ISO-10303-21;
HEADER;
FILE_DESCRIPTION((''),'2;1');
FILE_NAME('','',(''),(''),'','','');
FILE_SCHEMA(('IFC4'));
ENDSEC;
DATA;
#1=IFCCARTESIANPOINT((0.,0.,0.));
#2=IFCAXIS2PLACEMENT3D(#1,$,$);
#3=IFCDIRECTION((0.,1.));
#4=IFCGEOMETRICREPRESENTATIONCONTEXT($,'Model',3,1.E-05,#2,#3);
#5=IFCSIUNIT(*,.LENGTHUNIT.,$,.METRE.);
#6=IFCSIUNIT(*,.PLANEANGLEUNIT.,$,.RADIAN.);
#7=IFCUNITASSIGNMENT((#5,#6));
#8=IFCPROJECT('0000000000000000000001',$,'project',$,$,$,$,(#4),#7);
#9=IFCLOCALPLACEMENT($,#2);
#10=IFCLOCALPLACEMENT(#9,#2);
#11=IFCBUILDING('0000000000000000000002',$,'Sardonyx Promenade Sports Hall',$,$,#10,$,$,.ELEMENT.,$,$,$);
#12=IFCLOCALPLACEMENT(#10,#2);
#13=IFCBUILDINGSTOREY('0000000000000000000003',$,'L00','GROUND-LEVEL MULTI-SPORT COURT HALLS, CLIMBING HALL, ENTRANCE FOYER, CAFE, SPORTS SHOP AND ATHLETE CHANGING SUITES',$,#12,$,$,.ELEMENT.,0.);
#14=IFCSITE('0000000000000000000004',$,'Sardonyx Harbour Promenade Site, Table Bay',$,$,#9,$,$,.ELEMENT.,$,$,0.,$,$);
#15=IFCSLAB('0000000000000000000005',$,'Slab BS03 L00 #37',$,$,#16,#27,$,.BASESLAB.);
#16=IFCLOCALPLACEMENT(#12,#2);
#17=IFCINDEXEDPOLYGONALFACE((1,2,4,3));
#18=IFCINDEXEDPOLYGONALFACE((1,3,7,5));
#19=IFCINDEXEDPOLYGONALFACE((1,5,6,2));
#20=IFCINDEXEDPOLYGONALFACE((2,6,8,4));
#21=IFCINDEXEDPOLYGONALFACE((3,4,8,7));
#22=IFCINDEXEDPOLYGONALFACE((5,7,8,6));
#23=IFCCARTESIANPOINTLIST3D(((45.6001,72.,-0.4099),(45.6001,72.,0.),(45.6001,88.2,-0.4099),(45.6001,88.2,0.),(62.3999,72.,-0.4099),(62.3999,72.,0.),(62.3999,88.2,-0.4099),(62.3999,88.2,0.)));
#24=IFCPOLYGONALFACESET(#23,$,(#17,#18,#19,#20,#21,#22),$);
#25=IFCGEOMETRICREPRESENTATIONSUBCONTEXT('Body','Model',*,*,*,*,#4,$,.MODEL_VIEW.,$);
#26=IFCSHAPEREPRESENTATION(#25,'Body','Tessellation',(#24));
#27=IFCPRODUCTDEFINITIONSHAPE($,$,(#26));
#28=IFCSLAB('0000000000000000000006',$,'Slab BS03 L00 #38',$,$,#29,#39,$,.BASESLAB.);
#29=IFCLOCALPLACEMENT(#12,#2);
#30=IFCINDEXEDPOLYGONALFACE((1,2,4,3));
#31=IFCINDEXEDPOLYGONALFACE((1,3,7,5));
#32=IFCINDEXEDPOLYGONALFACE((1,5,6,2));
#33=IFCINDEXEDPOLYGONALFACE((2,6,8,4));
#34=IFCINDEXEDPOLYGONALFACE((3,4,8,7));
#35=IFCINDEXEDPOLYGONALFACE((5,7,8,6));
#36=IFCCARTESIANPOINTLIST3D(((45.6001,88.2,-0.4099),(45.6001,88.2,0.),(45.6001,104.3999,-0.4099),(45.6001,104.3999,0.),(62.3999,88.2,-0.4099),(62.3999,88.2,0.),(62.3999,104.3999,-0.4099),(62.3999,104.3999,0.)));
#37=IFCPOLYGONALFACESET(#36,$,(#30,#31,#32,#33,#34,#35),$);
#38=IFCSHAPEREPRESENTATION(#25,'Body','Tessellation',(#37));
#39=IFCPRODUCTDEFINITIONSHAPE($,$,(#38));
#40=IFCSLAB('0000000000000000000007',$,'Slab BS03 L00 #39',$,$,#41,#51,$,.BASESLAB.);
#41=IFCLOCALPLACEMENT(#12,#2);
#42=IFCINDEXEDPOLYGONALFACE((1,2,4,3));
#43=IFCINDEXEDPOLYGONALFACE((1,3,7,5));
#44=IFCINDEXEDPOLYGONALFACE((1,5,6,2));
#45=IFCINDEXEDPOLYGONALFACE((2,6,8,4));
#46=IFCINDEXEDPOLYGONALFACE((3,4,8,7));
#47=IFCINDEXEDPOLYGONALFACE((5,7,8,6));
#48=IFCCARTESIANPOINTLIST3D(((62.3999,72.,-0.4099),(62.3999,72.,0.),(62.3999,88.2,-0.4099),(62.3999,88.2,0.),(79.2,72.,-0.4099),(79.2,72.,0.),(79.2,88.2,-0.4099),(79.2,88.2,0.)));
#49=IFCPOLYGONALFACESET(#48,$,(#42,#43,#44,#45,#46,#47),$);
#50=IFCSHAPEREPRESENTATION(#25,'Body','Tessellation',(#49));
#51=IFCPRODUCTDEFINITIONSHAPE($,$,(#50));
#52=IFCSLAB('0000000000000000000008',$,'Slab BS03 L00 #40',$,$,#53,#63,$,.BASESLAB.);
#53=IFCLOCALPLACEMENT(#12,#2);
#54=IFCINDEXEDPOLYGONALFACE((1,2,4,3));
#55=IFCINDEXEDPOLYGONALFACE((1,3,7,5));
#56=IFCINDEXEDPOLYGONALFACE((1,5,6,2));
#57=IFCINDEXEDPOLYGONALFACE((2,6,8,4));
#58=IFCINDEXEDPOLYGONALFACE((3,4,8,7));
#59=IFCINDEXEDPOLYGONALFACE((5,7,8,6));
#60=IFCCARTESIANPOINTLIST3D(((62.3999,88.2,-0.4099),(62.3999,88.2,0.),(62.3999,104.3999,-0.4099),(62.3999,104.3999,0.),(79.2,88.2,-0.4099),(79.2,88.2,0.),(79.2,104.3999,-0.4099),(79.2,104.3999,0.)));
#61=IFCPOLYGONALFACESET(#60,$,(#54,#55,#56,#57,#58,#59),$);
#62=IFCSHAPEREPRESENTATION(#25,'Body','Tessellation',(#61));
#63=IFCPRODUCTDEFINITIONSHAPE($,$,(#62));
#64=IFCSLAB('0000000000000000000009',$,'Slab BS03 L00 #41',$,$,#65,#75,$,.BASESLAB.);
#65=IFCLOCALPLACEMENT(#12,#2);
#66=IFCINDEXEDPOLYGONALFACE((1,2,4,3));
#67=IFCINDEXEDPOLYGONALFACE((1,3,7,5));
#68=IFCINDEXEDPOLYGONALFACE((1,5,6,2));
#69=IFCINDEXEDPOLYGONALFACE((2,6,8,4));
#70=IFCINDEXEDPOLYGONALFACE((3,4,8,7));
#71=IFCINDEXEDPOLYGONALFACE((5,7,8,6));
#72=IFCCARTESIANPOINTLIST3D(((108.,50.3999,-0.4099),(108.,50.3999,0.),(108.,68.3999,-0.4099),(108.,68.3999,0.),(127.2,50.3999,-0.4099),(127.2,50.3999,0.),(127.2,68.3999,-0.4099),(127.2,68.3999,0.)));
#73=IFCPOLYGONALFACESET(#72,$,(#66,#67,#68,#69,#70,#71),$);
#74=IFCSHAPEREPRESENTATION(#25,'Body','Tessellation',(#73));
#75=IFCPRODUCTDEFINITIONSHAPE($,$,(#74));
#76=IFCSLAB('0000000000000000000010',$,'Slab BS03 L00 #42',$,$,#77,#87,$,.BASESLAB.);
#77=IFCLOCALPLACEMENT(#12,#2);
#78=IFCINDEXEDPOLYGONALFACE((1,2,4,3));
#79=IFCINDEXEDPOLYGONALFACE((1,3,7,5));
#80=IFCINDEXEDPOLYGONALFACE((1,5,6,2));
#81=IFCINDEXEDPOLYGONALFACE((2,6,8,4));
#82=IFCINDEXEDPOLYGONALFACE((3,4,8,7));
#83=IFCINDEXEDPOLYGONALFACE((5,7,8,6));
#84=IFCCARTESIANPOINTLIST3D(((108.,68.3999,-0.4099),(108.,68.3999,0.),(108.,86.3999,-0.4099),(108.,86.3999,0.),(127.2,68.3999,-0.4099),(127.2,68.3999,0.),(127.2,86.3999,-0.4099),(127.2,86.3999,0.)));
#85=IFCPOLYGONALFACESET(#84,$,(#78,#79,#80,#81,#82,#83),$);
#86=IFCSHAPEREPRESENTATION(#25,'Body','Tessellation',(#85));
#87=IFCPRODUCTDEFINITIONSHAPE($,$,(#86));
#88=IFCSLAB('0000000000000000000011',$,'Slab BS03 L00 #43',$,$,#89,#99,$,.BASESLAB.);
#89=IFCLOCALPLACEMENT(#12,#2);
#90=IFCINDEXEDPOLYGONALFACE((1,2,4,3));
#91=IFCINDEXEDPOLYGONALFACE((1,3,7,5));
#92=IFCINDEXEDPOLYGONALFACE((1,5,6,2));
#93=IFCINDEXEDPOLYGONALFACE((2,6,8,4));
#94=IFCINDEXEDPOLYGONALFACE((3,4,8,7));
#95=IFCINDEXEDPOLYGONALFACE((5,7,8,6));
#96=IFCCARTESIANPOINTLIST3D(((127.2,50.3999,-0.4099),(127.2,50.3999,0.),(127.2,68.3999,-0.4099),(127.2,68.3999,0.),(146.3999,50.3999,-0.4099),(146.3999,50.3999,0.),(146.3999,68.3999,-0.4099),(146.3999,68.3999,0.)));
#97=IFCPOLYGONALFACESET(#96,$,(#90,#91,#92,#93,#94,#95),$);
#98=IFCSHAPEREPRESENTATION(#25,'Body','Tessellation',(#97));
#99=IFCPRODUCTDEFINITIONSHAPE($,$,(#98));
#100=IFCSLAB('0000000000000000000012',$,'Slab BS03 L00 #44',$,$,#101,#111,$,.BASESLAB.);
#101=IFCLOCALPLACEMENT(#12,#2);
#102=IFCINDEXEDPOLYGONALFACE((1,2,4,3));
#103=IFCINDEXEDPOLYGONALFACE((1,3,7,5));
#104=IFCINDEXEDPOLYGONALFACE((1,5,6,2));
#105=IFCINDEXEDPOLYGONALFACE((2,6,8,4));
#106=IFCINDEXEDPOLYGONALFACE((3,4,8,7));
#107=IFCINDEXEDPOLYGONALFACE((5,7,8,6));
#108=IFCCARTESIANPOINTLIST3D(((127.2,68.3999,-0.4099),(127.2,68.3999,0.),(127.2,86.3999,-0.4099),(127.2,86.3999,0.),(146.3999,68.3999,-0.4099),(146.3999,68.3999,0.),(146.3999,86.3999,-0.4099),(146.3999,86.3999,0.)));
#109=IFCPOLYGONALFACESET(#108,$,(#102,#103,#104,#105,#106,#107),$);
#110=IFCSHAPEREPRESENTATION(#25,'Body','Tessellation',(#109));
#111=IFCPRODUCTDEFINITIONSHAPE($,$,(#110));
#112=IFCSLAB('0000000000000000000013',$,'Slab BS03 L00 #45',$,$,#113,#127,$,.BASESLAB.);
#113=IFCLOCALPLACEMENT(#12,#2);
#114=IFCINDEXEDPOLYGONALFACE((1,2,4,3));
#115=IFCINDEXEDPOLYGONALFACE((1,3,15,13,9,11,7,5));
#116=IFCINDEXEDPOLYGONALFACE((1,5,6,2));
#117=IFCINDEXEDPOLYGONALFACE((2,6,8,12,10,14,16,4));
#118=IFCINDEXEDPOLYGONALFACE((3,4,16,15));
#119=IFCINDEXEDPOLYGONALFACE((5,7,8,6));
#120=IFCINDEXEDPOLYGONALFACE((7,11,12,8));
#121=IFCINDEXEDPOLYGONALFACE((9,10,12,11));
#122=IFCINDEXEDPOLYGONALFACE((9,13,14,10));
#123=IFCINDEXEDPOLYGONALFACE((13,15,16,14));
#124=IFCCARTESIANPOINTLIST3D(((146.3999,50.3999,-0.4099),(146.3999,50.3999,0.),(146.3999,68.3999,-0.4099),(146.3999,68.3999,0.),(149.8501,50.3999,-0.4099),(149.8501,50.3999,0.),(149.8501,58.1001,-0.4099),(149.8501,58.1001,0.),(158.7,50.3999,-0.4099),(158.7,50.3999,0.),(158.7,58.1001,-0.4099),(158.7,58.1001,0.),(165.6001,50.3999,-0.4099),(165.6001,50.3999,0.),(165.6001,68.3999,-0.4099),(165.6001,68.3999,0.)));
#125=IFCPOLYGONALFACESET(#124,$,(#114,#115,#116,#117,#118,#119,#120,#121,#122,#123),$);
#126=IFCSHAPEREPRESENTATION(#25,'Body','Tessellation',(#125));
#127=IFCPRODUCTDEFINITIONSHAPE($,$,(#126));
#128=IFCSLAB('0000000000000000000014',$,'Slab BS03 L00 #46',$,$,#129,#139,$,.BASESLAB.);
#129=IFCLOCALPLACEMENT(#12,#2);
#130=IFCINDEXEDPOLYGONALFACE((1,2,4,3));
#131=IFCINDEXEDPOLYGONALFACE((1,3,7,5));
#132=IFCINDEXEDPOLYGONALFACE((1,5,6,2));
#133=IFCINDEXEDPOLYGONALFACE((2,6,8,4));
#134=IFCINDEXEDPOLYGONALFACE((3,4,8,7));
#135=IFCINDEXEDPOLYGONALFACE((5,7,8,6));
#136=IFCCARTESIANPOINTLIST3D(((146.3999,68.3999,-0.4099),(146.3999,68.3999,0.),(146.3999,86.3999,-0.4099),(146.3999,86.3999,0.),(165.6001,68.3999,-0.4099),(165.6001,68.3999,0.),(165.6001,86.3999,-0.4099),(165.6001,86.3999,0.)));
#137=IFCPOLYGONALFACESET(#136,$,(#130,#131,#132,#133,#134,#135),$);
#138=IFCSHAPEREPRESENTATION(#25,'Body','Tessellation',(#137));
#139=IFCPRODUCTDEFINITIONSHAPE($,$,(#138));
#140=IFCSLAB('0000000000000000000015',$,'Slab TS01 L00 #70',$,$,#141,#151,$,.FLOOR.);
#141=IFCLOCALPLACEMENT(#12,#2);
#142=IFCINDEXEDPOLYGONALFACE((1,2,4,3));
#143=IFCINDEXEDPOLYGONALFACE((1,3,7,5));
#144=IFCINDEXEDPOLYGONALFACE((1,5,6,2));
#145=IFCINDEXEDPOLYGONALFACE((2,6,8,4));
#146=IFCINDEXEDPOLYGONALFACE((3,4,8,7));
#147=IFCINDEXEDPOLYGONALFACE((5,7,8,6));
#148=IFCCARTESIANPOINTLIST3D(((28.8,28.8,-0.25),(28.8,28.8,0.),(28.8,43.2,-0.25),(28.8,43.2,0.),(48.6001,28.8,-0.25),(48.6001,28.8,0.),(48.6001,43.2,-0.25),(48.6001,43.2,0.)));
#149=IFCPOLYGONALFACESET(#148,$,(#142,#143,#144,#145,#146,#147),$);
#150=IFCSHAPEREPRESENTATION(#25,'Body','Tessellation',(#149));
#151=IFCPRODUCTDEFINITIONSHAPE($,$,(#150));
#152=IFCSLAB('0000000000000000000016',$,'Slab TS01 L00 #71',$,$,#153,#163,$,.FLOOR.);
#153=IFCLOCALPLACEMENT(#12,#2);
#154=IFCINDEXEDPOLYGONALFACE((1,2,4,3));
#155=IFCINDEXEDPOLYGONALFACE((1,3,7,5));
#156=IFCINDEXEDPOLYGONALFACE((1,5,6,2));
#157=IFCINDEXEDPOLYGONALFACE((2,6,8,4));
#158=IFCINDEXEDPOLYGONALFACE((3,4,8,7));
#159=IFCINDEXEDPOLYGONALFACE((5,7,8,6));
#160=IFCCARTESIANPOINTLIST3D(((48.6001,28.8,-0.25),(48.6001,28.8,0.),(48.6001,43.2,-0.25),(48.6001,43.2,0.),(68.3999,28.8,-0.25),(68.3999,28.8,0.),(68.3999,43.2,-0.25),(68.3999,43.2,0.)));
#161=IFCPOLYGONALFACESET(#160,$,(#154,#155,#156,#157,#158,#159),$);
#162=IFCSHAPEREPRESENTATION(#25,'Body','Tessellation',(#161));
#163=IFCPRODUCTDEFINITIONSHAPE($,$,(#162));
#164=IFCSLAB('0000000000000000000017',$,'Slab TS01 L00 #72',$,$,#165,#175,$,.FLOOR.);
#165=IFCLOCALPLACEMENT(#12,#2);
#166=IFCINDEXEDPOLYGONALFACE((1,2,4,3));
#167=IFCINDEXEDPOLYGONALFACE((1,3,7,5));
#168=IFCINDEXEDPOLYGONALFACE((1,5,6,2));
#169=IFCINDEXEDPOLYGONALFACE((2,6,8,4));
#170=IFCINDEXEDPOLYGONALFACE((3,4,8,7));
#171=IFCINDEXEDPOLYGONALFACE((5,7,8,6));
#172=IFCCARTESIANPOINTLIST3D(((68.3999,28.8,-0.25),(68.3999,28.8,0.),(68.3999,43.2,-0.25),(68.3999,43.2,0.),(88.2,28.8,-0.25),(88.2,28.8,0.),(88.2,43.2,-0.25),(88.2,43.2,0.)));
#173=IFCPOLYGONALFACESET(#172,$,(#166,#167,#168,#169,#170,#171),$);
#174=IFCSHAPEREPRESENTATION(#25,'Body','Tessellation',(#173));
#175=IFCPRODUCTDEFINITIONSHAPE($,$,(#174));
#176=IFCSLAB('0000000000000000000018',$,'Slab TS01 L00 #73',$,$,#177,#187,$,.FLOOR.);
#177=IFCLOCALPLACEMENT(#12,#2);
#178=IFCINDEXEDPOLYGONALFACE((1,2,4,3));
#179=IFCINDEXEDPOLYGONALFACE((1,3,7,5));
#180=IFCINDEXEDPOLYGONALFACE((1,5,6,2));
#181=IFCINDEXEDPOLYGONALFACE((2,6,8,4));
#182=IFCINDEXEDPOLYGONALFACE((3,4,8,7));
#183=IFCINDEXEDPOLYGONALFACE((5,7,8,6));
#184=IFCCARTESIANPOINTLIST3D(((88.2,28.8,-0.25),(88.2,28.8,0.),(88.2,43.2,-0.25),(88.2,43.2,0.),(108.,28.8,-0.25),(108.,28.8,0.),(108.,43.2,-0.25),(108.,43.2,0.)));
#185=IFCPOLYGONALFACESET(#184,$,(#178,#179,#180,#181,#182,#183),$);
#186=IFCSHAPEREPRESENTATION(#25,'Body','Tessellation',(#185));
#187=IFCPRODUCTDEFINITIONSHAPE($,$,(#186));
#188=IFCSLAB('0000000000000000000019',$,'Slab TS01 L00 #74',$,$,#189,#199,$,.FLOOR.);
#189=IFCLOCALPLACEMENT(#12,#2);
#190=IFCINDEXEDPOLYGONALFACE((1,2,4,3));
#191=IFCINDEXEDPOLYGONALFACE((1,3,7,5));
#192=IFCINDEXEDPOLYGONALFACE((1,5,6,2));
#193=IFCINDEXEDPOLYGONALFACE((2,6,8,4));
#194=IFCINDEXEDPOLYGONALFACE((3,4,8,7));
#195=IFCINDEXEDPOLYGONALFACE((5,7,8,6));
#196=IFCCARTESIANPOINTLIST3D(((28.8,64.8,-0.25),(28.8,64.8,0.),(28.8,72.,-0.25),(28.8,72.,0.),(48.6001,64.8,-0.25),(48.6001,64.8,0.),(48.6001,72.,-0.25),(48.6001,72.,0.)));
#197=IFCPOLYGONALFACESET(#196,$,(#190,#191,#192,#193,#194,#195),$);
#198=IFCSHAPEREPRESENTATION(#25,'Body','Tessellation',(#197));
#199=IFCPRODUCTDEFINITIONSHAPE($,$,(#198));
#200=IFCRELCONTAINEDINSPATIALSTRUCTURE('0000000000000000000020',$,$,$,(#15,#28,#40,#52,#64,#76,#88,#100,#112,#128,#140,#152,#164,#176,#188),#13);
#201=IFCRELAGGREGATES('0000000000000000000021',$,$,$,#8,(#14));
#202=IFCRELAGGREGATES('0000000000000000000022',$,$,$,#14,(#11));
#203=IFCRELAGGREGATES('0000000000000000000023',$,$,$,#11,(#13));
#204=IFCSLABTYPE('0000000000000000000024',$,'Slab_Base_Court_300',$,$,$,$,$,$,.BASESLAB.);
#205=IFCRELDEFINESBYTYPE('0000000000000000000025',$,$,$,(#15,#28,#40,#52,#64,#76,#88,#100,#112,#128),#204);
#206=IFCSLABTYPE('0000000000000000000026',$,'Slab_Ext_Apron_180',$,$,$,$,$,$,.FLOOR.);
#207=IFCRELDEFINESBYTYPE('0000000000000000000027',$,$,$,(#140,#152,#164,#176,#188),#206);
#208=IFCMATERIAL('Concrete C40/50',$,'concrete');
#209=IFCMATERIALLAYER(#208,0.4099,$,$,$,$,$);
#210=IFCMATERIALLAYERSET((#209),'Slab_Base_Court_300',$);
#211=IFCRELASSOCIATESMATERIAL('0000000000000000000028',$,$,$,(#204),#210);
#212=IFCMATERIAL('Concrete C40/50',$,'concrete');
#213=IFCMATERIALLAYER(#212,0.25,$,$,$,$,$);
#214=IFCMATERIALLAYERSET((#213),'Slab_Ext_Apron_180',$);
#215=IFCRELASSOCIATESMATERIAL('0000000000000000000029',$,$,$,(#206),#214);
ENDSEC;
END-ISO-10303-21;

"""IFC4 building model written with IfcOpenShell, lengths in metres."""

from ifc_helpers import new_model, si_unit, direction, frame, origin, place, context, subcontext, project, spatial, polyline, outline, extrude, material, layer, layer_set, type_object, element, save


model = new_model("IFC4")

# Units and contexts
model_context = context("Model", 3, precision=1e-05, world=origin(), true_north=direction((0.0, 1.0)))
body_context = subcontext(model_context, "Body", "Model", "MODEL_VIEW")
ifc_project = project(units=[si_unit("LENGTHUNIT", "METRE"), si_unit("PLANEANGLEUNIT", "RADIAN")], contexts=[model_context])

# Site, building, storey
site_placement = place(None, origin())
site = spatial("IfcSite", under=ifc_project, at=site_placement, Name="Sardonyx Harbour Promenade Site, Table Bay", CompositionType="ELEMENT", RefElevation=0.0)
building_placement = place(site_placement, origin())
building = spatial("IfcBuilding", under=site, at=building_placement, Name="Sardonyx Promenade Sports Hall", CompositionType="ELEMENT")
storey_placement = place(building_placement, origin())
storey = spatial("IfcBuildingStorey", under=building, at=storey_placement, Name="L00", Description="GROUND-LEVEL MULTI-SPORT COURT HALLS, CLIMBING HALL, ENTRANCE FOYER, CAFE, SPORTS SHOP AND ATHLETE CHANGING SUITES", CompositionType="ELEMENT", Elevation=0.0)

# Slabs
ifc_material_1 = material(Name="Concrete C40/50", Category="concrete")
ifc_layer_1 = layer(ifc_material_1, 0.4099)
ifc_layer_set_1 = layer_set([ifc_layer_1], Name="Slab_Base_Court_300")
slab_type_1 = type_object("IfcSlabType", Name="Slab_Base_Court_300", PredefinedType="BASESLAB", material=ifc_layer_set_1)
slab_1_placement = place(storey_placement, frame((0.0, 0.0, -0.4099)))
element("IfcSlab", 1, at=slab_1_placement, inside=storey, type_object=slab_type_1, Name="Slab BS03 L00 #37", PredefinedType="BASESLAB", context=body_context, shape_type="SweptSolid", body=[
    extrude(outline(polyline([(45.6001, 72.0), (62.3999, 72.0), (62.3999, 88.2), (45.6001, 88.2), (45.6001, 72.0)])), origin(), (0.0, 0.0, 1.0), 0.4099),
])
slab_2_placement = place(storey_placement, frame((0.0, 0.0, -0.4099)))
element("IfcSlab", 2, at=slab_2_placement, inside=storey, type_object=slab_type_1, Name="Slab BS03 L00 #38", PredefinedType="BASESLAB", context=body_context, shape_type="SweptSolid", body=[
    extrude(outline(polyline([(45.6001, 88.2), (62.3999, 88.2), (62.3999, 104.3999), (45.6001, 104.3999), (45.6001, 88.2)])), origin(), (0.0, 0.0, 1.0), 0.4099),
])
slab_3_placement = place(storey_placement, frame((0.0, 0.0, -0.4099)))
element("IfcSlab", 3, at=slab_3_placement, inside=storey, type_object=slab_type_1, Name="Slab BS03 L00 #39", PredefinedType="BASESLAB", context=body_context, shape_type="SweptSolid", body=[
    extrude(outline(polyline([(62.3999, 72.0), (79.2, 72.0), (79.2, 88.2), (62.3999, 88.2), (62.3999, 72.0)])), origin(), (0.0, 0.0, 1.0), 0.4099),
])
slab_4_placement = place(storey_placement, frame((0.0, 0.0, -0.4099)))
element("IfcSlab", 4, at=slab_4_placement, inside=storey, type_object=slab_type_1, Name="Slab BS03 L00 #40", PredefinedType="BASESLAB", context=body_context, shape_type="SweptSolid", body=[
    extrude(outline(polyline([(62.3999, 88.2), (79.2, 88.2), (79.2, 104.3999), (62.3999, 104.3999), (62.3999, 88.2)])), origin(), (0.0, 0.0, 1.0), 0.4099),
])
slab_5_placement = place(storey_placement, frame((0.0, 0.0, -0.4099)))
element("IfcSlab", 5, at=slab_5_placement, inside=storey, type_object=slab_type_1, Name="Slab BS03 L00 #41", PredefinedType="BASESLAB", context=body_context, shape_type="SweptSolid", body=[
    extrude(outline(polyline([(108.0, 50.3999), (127.2, 50.3999), (127.2, 68.3999), (108.0, 68.3999), (108.0, 50.3999)])), origin(), (0.0, 0.0, 1.0), 0.4099),
])
slab_6_placement = place(storey_placement, frame((0.0, 0.0, -0.4099)))
element("IfcSlab", 6, at=slab_6_placement, inside=storey, type_object=slab_type_1, Name="Slab BS03 L00 #42", PredefinedType="BASESLAB", context=body_context, shape_type="SweptSolid", body=[
    extrude(outline(polyline([(108.0, 68.3999), (127.2, 68.3999), (127.2, 86.3999), (108.0, 86.3999), (108.0, 68.3999)])), origin(), (0.0, 0.0, 1.0), 0.4099),
])
slab_7_placement = place(storey_placement, frame((0.0, 0.0, -0.4099)))
element("IfcSlab", 7, at=slab_7_placement, inside=storey, type_object=slab_type_1, Name="Slab BS03 L00 #43", PredefinedType="BASESLAB", context=body_context, shape_type="SweptSolid", body=[
    extrude(outline(polyline([(127.2, 50.3999), (146.3999, 50.3999), (146.3999, 68.3999), (127.2, 68.3999), (127.2, 50.3999)])), origin(), (0.0, 0.0, 1.0), 0.4099),
])
slab_8_placement = place(storey_placement, frame((0.0, 0.0, -0.4099)))
element("IfcSlab", 8, at=slab_8_placement, inside=storey, type_object=slab_type_1, Name="Slab BS03 L00 #44", PredefinedType="BASESLAB", context=body_context, shape_type="SweptSolid", body=[
    extrude(outline(polyline([(127.2, 68.3999), (146.3999, 68.3999), (146.3999, 86.3999), (127.2, 86.3999), (127.2, 68.3999)])), origin(), (0.0, 0.0, 1.0), 0.4099),
])
slab_9_placement = place(storey_placement, frame((0.0, 0.0, -0.4099)))
element("IfcSlab", 9, at=slab_9_placement, inside=storey, type_object=slab_type_1, Name="Slab BS03 L00 #45", PredefinedType="BASESLAB", context=body_context, shape_type="SweptSolid", body=[
    extrude(outline(polyline([(146.3999, 50.3999), (149.8501, 50.3999), (149.8501, 58.1001), (158.7, 58.1001), (158.7, 50.3999), (165.6001, 50.3999), (165.6001, 68.3999), (146.3999, 68.3999), (146.3999, 50.3999)])), origin(), (0.0, 0.0, 1.0), 0.4099),
])
slab_10_placement = place(storey_placement, frame((0.0, 0.0, -0.4099)))
element("IfcSlab", 10, at=slab_10_placement, inside=storey, type_object=slab_type_1, Name="Slab BS03 L00 #46", PredefinedType="BASESLAB", context=body_context, shape_type="SweptSolid", body=[
    extrude(outline(polyline([(146.3999, 68.3999), (165.6001, 68.3999), (165.6001, 86.3999), (146.3999, 86.3999), (146.3999, 68.3999)])), origin(), (0.0, 0.0, 1.0), 0.4099),
])
ifc_material_2 = material(Name="Concrete C40/50", Category="concrete")
ifc_layer_2 = layer(ifc_material_2, 0.25)
ifc_layer_set_2 = layer_set([ifc_layer_2], Name="Slab_Ext_Apron_180")
slab_type_2 = type_object("IfcSlabType", Name="Slab_Ext_Apron_180", PredefinedType="FLOOR", material=ifc_layer_set_2)
slab_11_placement = place(storey_placement, frame((0.0, 0.0, -0.25)))
element("IfcSlab", 11, at=slab_11_placement, inside=storey, type_object=slab_type_2, Name="Slab TS01 L00 #70", PredefinedType="FLOOR", context=body_context, shape_type="SweptSolid", body=[
    extrude(outline(polyline([(28.8, 28.8), (48.6001, 28.8), (48.6001, 43.2), (28.8, 43.2), (28.8, 28.8)])), origin(), (0.0, 0.0, 1.0), 0.25),
])
slab_12_placement = place(storey_placement, frame((0.0, 0.0, -0.25)))
element("IfcSlab", 12, at=slab_12_placement, inside=storey, type_object=slab_type_2, Name="Slab TS01 L00 #71", PredefinedType="FLOOR", context=body_context, shape_type="SweptSolid", body=[
    extrude(outline(polyline([(48.6001, 28.8), (68.3999, 28.8), (68.3999, 43.2), (48.6001, 43.2), (48.6001, 28.8)])), origin(), (0.0, 0.0, 1.0), 0.25),
])
slab_13_placement = place(storey_placement, frame((0.0, 0.0, -0.25)))
element("IfcSlab", 13, at=slab_13_placement, inside=storey, type_object=slab_type_2, Name="Slab TS01 L00 #72", PredefinedType="FLOOR", context=body_context, shape_type="SweptSolid", body=[
    extrude(outline(polyline([(68.3999, 28.8), (88.2, 28.8), (88.2, 43.2), (68.3999, 43.2), (68.3999, 28.8)])), origin(), (0.0, 0.0, 1.0), 0.25),
])
slab_14_placement = place(storey_placement, frame((0.0, 0.0, -0.25)))
element("IfcSlab", 14, at=slab_14_placement, inside=storey, type_object=slab_type_2, Name="Slab TS01 L00 #73", PredefinedType="FLOOR", context=body_context, shape_type="SweptSolid", body=[
    extrude(outline(polyline([(88.2, 28.8), (108.0, 28.8), (108.0, 43.2), (88.2, 43.2), (88.2, 28.8)])), origin(), (0.0, 0.0, 1.0), 0.25),
])
slab_15_placement = place(storey_placement, frame((0.0, 0.0, -0.25)))
element("IfcSlab", 15, at=slab_15_placement, inside=storey, type_object=slab_type_2, Name="Slab TS01 L00 #74", PredefinedType="FLOOR", context=body_context, shape_type="SweptSolid", body=[
    extrude(outline(polyline([(48.6001, 72.0), (28.8, 72.0), (28.8, 64.8), (48.6001, 64.8), (48.6001, 72.0)])), origin(), (0.0, 0.0, 1.0), 0.25),
])

save(model, "model.ifc")
